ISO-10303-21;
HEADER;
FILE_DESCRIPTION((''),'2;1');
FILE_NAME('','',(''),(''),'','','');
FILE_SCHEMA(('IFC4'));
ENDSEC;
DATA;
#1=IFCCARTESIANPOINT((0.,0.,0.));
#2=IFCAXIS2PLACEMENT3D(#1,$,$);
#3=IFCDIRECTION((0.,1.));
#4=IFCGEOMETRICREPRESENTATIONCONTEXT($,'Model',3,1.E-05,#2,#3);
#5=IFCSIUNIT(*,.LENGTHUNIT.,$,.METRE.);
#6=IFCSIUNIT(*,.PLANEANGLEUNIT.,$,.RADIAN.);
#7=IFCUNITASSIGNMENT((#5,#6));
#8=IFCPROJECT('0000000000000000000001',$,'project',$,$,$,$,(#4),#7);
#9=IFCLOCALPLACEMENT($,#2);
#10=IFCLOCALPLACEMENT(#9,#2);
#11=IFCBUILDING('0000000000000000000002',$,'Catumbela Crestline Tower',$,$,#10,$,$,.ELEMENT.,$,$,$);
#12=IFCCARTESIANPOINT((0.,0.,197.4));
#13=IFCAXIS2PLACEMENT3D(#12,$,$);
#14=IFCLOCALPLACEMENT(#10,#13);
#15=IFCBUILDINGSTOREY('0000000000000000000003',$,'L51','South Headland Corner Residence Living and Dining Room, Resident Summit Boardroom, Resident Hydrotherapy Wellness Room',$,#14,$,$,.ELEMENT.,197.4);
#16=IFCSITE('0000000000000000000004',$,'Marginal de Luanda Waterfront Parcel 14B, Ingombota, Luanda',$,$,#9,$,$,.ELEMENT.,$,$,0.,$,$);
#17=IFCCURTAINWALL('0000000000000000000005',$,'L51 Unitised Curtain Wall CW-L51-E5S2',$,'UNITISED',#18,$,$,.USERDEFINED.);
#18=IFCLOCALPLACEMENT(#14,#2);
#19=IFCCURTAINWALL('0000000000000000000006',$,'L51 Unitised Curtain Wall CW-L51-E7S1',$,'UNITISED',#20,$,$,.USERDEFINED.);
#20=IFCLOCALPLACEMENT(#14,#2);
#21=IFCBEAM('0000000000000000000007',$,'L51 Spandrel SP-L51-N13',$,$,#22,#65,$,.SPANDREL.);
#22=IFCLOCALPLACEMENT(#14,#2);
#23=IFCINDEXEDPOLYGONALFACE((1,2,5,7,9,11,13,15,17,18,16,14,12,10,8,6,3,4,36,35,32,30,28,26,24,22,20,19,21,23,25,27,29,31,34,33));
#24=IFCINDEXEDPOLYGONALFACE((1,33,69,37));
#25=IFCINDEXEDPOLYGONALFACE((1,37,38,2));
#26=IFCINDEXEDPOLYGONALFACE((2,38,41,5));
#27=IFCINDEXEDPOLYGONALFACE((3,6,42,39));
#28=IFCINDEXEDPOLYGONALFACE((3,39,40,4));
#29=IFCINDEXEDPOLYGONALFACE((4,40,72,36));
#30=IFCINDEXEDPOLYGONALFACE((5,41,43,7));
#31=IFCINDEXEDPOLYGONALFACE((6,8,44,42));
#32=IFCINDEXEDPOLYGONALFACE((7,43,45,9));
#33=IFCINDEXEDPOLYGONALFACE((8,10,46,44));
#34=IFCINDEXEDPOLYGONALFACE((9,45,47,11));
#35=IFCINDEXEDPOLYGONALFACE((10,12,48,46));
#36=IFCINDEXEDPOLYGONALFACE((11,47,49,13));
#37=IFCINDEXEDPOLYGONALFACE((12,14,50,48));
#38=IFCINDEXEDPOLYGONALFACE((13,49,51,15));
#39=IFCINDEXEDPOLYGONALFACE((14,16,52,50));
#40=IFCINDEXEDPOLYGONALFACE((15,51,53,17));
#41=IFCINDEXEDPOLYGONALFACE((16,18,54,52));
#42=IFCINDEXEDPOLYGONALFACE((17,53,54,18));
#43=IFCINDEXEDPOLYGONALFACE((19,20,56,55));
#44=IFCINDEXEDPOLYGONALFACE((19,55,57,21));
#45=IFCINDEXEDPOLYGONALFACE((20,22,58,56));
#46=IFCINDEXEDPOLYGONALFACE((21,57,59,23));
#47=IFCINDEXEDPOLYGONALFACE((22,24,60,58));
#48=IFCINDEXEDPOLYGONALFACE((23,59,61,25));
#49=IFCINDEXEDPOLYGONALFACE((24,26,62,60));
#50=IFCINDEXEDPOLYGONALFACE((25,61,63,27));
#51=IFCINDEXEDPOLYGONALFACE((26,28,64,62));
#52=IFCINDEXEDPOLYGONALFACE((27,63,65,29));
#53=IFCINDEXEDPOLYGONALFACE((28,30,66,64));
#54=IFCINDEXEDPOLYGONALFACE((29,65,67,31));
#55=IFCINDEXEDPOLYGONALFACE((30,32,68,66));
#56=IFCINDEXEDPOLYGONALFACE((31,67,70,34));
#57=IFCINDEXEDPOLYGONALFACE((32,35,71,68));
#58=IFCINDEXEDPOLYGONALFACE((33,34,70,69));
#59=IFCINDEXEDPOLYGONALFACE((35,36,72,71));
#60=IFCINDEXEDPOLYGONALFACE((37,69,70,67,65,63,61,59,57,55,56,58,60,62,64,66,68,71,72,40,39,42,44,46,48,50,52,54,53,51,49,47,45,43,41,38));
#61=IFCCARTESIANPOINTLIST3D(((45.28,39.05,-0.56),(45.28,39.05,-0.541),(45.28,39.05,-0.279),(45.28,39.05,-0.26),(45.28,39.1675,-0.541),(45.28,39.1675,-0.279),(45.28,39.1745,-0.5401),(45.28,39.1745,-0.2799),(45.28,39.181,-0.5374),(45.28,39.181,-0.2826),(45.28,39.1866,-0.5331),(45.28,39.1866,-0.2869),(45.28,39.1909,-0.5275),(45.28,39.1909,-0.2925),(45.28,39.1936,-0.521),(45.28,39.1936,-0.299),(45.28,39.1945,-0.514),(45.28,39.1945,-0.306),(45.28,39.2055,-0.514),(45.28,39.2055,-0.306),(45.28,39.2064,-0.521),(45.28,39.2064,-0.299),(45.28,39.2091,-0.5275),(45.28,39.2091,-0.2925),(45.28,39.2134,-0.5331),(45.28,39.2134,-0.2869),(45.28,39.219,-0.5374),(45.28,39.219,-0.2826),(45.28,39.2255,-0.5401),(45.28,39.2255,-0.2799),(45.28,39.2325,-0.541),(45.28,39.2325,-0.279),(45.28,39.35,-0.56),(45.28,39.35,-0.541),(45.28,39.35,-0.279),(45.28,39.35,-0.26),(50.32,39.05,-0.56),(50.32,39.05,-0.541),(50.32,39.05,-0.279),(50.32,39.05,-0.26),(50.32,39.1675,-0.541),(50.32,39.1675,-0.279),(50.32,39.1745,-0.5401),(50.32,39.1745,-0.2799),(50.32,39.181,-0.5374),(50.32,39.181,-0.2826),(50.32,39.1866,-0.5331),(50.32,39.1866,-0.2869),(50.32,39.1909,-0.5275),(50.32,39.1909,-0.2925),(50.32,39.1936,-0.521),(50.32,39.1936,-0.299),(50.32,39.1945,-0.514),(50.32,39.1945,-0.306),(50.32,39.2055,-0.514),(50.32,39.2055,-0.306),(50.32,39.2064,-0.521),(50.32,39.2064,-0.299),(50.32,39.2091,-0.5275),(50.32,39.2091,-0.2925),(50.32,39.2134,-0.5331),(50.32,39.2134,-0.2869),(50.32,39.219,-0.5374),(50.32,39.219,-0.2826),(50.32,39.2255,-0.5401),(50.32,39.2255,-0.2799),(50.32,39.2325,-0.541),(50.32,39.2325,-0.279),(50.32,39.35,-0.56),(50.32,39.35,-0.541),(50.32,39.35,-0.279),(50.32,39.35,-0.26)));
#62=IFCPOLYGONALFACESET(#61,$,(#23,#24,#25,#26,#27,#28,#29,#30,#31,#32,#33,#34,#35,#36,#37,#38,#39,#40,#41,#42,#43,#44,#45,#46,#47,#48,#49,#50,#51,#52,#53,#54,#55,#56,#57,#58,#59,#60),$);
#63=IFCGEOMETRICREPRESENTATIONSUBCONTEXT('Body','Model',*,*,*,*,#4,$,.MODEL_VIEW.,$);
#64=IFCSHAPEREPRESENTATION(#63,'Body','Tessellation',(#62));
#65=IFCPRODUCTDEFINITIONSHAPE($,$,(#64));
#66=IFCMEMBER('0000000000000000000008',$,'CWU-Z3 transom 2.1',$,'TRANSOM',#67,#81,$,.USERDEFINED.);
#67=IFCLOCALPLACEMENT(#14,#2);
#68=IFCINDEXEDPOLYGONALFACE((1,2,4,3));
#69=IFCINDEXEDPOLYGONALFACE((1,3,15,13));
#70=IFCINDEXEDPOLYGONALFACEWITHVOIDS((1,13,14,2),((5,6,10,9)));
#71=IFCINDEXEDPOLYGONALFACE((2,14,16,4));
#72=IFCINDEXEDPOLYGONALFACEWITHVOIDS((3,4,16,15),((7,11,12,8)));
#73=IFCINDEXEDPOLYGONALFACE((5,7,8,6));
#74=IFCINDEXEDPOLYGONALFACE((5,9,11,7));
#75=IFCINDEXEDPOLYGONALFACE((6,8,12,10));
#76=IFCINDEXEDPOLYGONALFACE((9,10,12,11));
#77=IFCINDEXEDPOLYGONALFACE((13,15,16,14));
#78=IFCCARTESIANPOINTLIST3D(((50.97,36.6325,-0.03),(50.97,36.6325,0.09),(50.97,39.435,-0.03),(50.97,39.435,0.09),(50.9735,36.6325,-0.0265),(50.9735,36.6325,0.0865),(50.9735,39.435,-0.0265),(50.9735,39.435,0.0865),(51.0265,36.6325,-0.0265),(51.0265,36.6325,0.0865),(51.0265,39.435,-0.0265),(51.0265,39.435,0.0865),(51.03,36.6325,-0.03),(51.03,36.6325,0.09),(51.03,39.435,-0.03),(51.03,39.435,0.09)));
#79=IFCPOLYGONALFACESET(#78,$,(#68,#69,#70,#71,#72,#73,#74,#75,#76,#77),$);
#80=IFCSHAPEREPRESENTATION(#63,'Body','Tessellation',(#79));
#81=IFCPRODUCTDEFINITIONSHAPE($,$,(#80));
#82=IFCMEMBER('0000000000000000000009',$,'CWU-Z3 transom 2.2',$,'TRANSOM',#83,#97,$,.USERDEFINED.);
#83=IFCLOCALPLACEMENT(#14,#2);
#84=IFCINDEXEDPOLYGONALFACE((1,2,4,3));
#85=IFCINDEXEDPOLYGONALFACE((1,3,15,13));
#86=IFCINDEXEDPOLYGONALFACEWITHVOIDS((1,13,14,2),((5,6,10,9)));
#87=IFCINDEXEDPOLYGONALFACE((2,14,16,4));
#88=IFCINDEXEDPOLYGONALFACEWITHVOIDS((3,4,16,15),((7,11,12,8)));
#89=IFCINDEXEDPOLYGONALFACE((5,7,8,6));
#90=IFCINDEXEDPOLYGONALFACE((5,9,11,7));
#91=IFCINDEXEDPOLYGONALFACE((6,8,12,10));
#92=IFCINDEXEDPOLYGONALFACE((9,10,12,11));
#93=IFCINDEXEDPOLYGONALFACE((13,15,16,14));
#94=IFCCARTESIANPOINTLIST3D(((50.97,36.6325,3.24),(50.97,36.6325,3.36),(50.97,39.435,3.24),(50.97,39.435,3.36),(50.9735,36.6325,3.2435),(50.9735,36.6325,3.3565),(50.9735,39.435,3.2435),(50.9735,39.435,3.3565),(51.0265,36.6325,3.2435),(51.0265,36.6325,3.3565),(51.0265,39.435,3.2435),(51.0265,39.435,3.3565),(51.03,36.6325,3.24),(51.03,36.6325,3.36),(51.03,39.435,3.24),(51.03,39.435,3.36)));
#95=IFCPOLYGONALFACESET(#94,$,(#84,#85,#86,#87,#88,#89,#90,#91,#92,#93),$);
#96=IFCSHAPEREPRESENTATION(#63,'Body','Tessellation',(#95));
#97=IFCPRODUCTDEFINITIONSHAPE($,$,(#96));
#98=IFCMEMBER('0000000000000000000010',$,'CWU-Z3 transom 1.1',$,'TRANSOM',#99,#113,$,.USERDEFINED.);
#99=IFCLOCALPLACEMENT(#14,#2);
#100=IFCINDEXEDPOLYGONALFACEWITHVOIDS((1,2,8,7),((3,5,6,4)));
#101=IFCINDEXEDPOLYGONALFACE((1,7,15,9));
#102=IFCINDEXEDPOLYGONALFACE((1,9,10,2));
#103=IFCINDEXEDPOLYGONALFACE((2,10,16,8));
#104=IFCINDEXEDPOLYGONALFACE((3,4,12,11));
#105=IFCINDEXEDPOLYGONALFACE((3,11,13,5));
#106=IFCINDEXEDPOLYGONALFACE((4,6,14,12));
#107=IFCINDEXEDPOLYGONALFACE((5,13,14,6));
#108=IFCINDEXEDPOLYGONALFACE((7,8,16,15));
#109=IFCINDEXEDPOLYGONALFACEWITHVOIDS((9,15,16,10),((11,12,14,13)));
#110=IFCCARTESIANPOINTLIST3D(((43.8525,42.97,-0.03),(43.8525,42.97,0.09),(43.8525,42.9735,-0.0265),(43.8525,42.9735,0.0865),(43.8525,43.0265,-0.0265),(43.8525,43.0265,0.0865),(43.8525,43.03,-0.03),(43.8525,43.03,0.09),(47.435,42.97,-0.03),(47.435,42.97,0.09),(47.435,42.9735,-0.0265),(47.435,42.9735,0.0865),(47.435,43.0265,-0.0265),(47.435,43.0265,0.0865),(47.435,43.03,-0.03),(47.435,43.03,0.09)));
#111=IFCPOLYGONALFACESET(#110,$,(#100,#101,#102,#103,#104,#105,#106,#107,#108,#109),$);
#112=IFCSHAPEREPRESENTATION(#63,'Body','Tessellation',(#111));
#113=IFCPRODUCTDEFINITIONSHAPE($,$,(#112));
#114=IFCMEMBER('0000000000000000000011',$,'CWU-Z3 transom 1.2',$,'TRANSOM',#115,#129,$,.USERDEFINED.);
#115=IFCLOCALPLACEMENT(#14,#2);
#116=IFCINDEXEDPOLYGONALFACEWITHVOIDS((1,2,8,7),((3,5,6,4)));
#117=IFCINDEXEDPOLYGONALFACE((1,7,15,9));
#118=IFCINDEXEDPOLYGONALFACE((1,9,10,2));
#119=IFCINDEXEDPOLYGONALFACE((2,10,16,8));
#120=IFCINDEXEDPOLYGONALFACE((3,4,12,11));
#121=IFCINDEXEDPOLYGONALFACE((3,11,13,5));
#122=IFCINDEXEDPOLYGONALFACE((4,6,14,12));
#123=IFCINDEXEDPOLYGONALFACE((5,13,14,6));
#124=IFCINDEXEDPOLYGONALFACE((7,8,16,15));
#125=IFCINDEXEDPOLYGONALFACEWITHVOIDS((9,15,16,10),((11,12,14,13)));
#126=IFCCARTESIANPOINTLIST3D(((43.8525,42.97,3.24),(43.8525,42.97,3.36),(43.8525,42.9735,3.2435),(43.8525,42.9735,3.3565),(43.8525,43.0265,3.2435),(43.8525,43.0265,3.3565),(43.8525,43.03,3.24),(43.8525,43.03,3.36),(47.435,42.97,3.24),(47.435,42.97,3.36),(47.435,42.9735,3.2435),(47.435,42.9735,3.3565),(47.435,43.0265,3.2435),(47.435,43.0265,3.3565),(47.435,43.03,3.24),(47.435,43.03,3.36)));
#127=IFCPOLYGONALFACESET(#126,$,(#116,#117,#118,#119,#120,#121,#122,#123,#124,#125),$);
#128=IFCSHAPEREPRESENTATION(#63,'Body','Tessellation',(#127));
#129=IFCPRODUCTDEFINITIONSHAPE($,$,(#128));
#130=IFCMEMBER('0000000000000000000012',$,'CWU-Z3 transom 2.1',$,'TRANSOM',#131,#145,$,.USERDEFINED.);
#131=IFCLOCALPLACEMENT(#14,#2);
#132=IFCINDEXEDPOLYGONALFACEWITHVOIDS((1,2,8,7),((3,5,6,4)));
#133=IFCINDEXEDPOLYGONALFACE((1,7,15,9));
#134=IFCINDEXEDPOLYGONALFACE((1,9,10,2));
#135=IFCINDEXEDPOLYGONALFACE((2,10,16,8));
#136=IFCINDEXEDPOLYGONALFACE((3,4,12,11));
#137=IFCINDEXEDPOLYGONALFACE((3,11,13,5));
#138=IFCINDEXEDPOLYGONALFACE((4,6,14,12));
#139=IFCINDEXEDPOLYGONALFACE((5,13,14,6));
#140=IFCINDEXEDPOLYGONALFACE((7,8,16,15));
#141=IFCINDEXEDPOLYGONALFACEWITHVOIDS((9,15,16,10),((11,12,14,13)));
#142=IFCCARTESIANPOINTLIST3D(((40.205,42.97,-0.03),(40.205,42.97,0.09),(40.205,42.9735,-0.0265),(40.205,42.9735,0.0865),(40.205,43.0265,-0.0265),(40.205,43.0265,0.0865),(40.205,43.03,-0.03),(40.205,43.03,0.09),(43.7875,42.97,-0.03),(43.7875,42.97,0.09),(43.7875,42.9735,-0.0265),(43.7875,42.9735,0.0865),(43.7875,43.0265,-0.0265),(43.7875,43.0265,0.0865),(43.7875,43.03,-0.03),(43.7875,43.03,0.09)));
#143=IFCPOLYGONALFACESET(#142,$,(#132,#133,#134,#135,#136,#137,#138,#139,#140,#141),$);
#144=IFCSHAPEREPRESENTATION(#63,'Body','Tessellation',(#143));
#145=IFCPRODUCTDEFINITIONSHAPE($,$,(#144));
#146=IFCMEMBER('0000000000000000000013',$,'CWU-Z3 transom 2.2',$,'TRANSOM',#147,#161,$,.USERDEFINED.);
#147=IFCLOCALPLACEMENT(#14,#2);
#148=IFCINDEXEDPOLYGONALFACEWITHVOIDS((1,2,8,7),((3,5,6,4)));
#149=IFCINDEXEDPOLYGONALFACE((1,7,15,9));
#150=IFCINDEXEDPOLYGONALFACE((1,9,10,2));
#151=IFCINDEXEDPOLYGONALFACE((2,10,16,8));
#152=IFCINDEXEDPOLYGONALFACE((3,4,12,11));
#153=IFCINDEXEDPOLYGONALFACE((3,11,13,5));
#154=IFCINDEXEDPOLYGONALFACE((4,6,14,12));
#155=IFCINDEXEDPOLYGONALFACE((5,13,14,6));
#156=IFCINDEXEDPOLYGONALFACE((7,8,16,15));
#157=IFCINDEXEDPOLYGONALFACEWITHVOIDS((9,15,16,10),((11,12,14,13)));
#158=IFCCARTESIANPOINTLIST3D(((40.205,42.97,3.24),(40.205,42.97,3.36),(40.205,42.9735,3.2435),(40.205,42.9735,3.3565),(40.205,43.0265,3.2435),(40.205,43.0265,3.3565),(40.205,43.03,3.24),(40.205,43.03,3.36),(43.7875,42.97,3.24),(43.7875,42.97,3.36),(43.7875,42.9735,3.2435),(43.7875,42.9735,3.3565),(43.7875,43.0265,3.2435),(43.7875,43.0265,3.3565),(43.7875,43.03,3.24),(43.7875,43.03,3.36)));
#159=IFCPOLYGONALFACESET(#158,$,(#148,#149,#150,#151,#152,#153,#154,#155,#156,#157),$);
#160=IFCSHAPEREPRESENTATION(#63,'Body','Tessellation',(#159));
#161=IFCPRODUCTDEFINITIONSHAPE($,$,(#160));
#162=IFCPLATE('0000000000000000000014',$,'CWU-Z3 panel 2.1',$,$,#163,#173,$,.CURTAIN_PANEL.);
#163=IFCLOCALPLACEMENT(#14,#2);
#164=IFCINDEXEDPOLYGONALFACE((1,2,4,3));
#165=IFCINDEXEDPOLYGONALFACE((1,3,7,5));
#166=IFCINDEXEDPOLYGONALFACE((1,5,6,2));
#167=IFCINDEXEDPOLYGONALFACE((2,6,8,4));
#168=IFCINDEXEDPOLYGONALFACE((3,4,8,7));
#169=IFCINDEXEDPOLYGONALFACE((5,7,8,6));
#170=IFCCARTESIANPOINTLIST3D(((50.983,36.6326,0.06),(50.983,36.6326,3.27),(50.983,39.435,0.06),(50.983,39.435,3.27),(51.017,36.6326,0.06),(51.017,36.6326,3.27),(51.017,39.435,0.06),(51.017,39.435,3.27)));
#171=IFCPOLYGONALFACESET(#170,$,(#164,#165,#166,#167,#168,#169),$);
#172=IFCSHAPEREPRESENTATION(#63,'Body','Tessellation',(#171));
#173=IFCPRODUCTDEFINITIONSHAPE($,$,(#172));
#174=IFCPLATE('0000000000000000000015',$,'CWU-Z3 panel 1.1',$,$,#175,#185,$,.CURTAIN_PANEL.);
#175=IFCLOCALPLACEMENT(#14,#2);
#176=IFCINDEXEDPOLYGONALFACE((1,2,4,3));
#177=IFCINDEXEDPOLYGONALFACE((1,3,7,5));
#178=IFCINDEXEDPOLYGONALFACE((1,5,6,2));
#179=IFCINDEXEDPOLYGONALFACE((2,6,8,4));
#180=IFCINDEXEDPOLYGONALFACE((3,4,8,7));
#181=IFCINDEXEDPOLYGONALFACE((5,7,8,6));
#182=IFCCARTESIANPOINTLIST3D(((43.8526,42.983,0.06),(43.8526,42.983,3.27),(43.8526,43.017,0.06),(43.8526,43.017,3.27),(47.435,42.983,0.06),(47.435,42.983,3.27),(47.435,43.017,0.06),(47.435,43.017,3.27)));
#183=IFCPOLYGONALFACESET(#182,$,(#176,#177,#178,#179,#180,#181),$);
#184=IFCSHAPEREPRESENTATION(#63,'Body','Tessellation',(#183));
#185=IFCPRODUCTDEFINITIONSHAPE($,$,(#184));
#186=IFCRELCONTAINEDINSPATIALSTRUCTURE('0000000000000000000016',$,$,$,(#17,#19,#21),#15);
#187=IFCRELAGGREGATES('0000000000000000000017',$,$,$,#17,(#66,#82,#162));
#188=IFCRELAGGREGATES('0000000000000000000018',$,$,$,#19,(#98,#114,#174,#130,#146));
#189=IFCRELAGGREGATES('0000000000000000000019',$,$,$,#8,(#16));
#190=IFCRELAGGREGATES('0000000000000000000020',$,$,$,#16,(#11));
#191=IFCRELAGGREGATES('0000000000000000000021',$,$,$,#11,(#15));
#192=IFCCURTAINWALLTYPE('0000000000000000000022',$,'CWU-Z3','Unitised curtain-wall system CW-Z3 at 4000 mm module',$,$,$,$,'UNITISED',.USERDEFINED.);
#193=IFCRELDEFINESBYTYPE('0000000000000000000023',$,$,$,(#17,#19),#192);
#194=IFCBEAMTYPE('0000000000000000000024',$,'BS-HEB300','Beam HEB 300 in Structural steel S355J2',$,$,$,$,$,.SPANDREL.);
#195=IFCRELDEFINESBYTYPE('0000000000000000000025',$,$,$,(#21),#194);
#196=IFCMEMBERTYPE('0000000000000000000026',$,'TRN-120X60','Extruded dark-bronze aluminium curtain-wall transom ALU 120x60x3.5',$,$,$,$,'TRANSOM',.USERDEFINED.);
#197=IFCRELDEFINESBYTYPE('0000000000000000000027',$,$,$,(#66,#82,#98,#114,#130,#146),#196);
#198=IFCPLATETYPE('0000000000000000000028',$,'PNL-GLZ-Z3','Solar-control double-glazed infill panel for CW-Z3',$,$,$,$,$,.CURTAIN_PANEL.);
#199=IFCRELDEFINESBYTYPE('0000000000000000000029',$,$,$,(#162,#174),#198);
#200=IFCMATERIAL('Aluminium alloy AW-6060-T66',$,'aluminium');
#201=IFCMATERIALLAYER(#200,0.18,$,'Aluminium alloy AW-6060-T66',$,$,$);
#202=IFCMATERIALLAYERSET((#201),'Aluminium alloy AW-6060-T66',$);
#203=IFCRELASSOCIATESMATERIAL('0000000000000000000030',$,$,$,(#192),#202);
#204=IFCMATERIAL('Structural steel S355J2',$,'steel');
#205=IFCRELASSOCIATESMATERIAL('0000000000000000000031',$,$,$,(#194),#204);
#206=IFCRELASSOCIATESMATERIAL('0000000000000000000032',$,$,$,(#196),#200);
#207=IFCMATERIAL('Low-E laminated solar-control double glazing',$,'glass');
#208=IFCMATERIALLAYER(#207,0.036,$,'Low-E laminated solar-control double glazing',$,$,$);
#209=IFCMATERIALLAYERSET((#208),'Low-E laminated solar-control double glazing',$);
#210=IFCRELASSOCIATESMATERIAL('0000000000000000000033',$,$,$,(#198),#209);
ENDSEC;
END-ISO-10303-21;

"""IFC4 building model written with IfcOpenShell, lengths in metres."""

from ifc_helpers import new_model, si_unit, direction, frame, origin, origin_2d, place, context, subcontext, project, spatial, rectangle, hollow_rectangle, i_section, extrude, material, layer, layer_set, material_profile, profile_set, type_object, element, aggregate, save


model = new_model("IFC4")

# Units and contexts
model_context = context("Model", 3, precision=1e-05, world=origin(), true_north=direction((0.0, 1.0)))
body_context = subcontext(model_context, "Body", "Model", "MODEL_VIEW")
ifc_project = project(units=[si_unit("LENGTHUNIT", "METRE"), si_unit("PLANEANGLEUNIT", "RADIAN")], contexts=[model_context])

# Site, building, storey
site_placement = place(None, origin())
site = spatial("IfcSite", under=ifc_project, at=site_placement, Name="Marginal de Luanda Waterfront Parcel 14B, Ingombota, Luanda", CompositionType="ELEMENT", RefElevation=0.0)
building_placement = place(site_placement, origin())
building = spatial("IfcBuilding", under=site, at=building_placement, Name="Catumbela Crestline Tower", CompositionType="ELEMENT")
storey_placement = place(building_placement, frame((0.0, 0.0, 197.4)))
storey = spatial("IfcBuildingStorey", under=building, at=storey_placement, Name="L51", Description="South Headland Corner Residence Living and Dining Room, Resident Summit Boardroom, Resident Hydrotherapy Wellness Room", CompositionType="ELEMENT", Elevation=197.4)

# Shared definitions
ifc_material_1 = material(Name="Structural steel S355J2", Category="steel")

# Curtain wall
ifc_material_2 = material(Name="Aluminium alloy AW-6060-T66", Category="aluminium")
ifc_layer_1 = layer(ifc_material_2, 0.18, Name="Aluminium alloy AW-6060-T66")
ifc_layer_set_1 = layer_set([ifc_layer_1], Name="Aluminium alloy AW-6060-T66")
curtain_wall_type = type_object("IfcCurtainWallType", Name="CWU-Z3", Description="Unitised curtain-wall system CW-Z3 at 4000 mm module", ElementType="UNITISED", PredefinedType="USERDEFINED", material=ifc_layer_set_1)
curtain_wall_1_placement = place(storey_placement, origin())
curtain_wall_1 = element("IfcCurtainWall", 1, at=curtain_wall_1_placement, inside=storey, type_object=curtain_wall_type, Name="L51 Unitised Curtain Wall CW-L51-E5S2", ObjectType="UNITISED", PredefinedType="USERDEFINED")

# Curtain wall
curtain_wall_2_placement = place(storey_placement, origin())
curtain_wall_2 = element("IfcCurtainWall", 2, at=curtain_wall_2_placement, inside=storey, type_object=curtain_wall_type, Name="L51 Unitised Curtain Wall CW-L51-E7S1", ObjectType="UNITISED", PredefinedType="USERDEFINED")

# Beam
ifc_material_profile_1 = material_profile(ifc_material_1, i_section(OverallWidth=0.3, OverallDepth=0.3, WebThickness=0.011, FlangeThickness=0.019, FilletRadius=0.027, at=origin_2d()), Name="HEB 300")
ifc_profile_set_1 = profile_set([ifc_material_profile_1], Name="Structural steel S355J2")
beam_type = type_object("IfcBeamType", Name="BS-HEB300", Description="Beam HEB 300 in Structural steel S355J2", PredefinedType="SPANDREL", material=ifc_profile_set_1)
beam_placement = place(storey_placement, frame((45.28, 39.2, -0.41), z_axis=(1.0, 0.0, 0.0), x_axis=(0.0, 1.0, 0.0)))
element("IfcBeam", 3, at=beam_placement, inside=storey, type_object=beam_type, Name="L51 Spandrel SP-L51-N13", PredefinedType="SPANDREL", context=body_context, shape_type="SweptSolid", body=[
    extrude(i_section(OverallWidth=0.3, OverallDepth=0.3, WebThickness=0.011, FlangeThickness=0.019, FilletRadius=0.027, at=origin_2d()), origin(), (0.0, 0.0, 1.0), 5.04),
])

# Members
ifc_material_profile_2 = material_profile(ifc_material_2, hollow_rectangle(XDim=0.06, YDim=0.12, WallThickness=0.0035, at=origin_2d()), Name="ALU 120x60x3.5")
ifc_profile_set_2 = profile_set([ifc_material_profile_2], Name="Aluminium alloy AW-6060-T66")
member_type_1 = type_object("IfcMemberType", Name="TRN-120X60", Description="Extruded dark-bronze aluminium curtain-wall transom ALU 120x60x3.5", ElementType="TRANSOM", PredefinedType="USERDEFINED", material=ifc_profile_set_2)
member_1_placement = place(storey_placement, frame((51.0, 36.6325, 0.03), z_axis=(0.0, 1.0, 0.0), x_axis=(-1.0, 0.0, 0.0)))
member_1 = element("IfcMember", 4, at=member_1_placement, type_object=member_type_1, Name="CWU-Z3 transom 2.1", ObjectType="TRANSOM", PredefinedType="USERDEFINED", context=body_context, shape_type="SweptSolid", body=[
    extrude(hollow_rectangle(XDim=0.06, YDim=0.12, WallThickness=0.0035, at=origin_2d()), origin(), (0.0, 0.0, 1.0), 2.8025),
])
member_2_placement = place(storey_placement, frame((51.0, 36.6325, 3.3), z_axis=(0.0, 1.0, 0.0), x_axis=(-1.0, 0.0, 0.0)))
member_2 = element("IfcMember", 5, at=member_2_placement, type_object=member_type_1, Name="CWU-Z3 transom 2.2", ObjectType="TRANSOM", PredefinedType="USERDEFINED", context=body_context, shape_type="SweptSolid", body=[
    extrude(hollow_rectangle(XDim=0.06, YDim=0.12, WallThickness=0.0035, at=origin_2d()), origin(), (0.0, 0.0, 1.0), 2.8025),
])
member_3_placement = place(storey_placement, frame((47.435, 43.0, 0.03), z_axis=(-1.0, 0.0, 0.0), x_axis=(0.0, -1.0, 0.0)))
member_3 = element("IfcMember", 6, at=member_3_placement, type_object=member_type_1, Name="CWU-Z3 transom 1.1", ObjectType="TRANSOM", PredefinedType="USERDEFINED", context=body_context, shape_type="SweptSolid", body=[
    extrude(hollow_rectangle(XDim=0.06, YDim=0.12, WallThickness=0.0035, at=origin_2d()), origin(), (0.0, 0.0, 1.0), 3.5825),
])
member_4_placement = place(storey_placement, frame((47.435, 43.0, 3.3), z_axis=(-1.0, 0.0, 0.0), x_axis=(0.0, -1.0, 0.0)))
member_4 = element("IfcMember", 7, at=member_4_placement, type_object=member_type_1, Name="CWU-Z3 transom 1.2", ObjectType="TRANSOM", PredefinedType="USERDEFINED", context=body_context, shape_type="SweptSolid", body=[
    extrude(hollow_rectangle(XDim=0.06, YDim=0.12, WallThickness=0.0035, at=origin_2d()), origin(), (0.0, 0.0, 1.0), 3.5825),
])
member_5_placement = place(storey_placement, frame((43.7875, 43.0, 0.03), z_axis=(-1.0, 0.0, 0.0), x_axis=(0.0, -1.0, 0.0)))
member_5 = element("IfcMember", 8, at=member_5_placement, type_object=member_type_1, Name="CWU-Z3 transom 2.1", ObjectType="TRANSOM", PredefinedType="USERDEFINED", context=body_context, shape_type="SweptSolid", body=[
    extrude(hollow_rectangle(XDim=0.06, YDim=0.12, WallThickness=0.0035, at=origin_2d()), origin(), (0.0, 0.0, 1.0), 3.5825),
])
member_6_placement = place(storey_placement, frame((43.7875, 43.0, 3.3), z_axis=(-1.0, 0.0, 0.0), x_axis=(0.0, -1.0, 0.0)))
member_6 = element("IfcMember", 9, at=member_6_placement, type_object=member_type_1, Name="CWU-Z3 transom 2.2", ObjectType="TRANSOM", PredefinedType="USERDEFINED", context=body_context, shape_type="SweptSolid", body=[
    extrude(hollow_rectangle(XDim=0.06, YDim=0.12, WallThickness=0.0035, at=origin_2d()), origin(), (0.0, 0.0, 1.0), 3.5825),
])

# Plates
ifc_material_3 = material(Name="Low-E laminated solar-control double glazing", Category="glass")
ifc_layer_2 = layer(ifc_material_3, 0.036, Name="Low-E laminated solar-control double glazing")
ifc_layer_set_2 = layer_set([ifc_layer_2], Name="Low-E laminated solar-control double glazing")
plate_type = type_object("IfcPlateType", Name="PNL-GLZ-Z3", Description="Solar-control double-glazed infill panel for CW-Z3", PredefinedType="CURTAIN_PANEL", material=ifc_layer_set_2)
plate_1_placement = place(storey_placement, frame((51.0, 38.0338, 0.06), z_axis=(0.0, 0.0, 1.0), x_axis=(0.0, 1.0, 0.0)))
plate_1 = element("IfcPlate", 10, at=plate_1_placement, type_object=plate_type, Name="CWU-Z3 panel 2.1", PredefinedType="CURTAIN_PANEL", context=body_context, shape_type="SweptSolid", body=[
    extrude(rectangle(XDim=2.8025, YDim=0.034, at=origin_2d()), origin(), (0.0, 0.0, 1.0), 3.21),
])
aggregate(curtain_wall_1, [member_1, member_2, plate_1])
plate_2_placement = place(storey_placement, frame((45.6438, 43.0, 0.06), z_axis=(0.0, 0.0, 1.0), x_axis=(-1.0, 0.0, 0.0)))
plate_2 = element("IfcPlate", 11, at=plate_2_placement, type_object=plate_type, Name="CWU-Z3 panel 1.1", PredefinedType="CURTAIN_PANEL", context=body_context, shape_type="SweptSolid", body=[
    extrude(rectangle(XDim=3.5825, YDim=0.034, at=origin_2d()), origin(), (0.0, 0.0, 1.0), 3.21),
])
aggregate(curtain_wall_2, [member_3, member_4, plate_2, member_5, member_6])

save(model, "model.ifc")
